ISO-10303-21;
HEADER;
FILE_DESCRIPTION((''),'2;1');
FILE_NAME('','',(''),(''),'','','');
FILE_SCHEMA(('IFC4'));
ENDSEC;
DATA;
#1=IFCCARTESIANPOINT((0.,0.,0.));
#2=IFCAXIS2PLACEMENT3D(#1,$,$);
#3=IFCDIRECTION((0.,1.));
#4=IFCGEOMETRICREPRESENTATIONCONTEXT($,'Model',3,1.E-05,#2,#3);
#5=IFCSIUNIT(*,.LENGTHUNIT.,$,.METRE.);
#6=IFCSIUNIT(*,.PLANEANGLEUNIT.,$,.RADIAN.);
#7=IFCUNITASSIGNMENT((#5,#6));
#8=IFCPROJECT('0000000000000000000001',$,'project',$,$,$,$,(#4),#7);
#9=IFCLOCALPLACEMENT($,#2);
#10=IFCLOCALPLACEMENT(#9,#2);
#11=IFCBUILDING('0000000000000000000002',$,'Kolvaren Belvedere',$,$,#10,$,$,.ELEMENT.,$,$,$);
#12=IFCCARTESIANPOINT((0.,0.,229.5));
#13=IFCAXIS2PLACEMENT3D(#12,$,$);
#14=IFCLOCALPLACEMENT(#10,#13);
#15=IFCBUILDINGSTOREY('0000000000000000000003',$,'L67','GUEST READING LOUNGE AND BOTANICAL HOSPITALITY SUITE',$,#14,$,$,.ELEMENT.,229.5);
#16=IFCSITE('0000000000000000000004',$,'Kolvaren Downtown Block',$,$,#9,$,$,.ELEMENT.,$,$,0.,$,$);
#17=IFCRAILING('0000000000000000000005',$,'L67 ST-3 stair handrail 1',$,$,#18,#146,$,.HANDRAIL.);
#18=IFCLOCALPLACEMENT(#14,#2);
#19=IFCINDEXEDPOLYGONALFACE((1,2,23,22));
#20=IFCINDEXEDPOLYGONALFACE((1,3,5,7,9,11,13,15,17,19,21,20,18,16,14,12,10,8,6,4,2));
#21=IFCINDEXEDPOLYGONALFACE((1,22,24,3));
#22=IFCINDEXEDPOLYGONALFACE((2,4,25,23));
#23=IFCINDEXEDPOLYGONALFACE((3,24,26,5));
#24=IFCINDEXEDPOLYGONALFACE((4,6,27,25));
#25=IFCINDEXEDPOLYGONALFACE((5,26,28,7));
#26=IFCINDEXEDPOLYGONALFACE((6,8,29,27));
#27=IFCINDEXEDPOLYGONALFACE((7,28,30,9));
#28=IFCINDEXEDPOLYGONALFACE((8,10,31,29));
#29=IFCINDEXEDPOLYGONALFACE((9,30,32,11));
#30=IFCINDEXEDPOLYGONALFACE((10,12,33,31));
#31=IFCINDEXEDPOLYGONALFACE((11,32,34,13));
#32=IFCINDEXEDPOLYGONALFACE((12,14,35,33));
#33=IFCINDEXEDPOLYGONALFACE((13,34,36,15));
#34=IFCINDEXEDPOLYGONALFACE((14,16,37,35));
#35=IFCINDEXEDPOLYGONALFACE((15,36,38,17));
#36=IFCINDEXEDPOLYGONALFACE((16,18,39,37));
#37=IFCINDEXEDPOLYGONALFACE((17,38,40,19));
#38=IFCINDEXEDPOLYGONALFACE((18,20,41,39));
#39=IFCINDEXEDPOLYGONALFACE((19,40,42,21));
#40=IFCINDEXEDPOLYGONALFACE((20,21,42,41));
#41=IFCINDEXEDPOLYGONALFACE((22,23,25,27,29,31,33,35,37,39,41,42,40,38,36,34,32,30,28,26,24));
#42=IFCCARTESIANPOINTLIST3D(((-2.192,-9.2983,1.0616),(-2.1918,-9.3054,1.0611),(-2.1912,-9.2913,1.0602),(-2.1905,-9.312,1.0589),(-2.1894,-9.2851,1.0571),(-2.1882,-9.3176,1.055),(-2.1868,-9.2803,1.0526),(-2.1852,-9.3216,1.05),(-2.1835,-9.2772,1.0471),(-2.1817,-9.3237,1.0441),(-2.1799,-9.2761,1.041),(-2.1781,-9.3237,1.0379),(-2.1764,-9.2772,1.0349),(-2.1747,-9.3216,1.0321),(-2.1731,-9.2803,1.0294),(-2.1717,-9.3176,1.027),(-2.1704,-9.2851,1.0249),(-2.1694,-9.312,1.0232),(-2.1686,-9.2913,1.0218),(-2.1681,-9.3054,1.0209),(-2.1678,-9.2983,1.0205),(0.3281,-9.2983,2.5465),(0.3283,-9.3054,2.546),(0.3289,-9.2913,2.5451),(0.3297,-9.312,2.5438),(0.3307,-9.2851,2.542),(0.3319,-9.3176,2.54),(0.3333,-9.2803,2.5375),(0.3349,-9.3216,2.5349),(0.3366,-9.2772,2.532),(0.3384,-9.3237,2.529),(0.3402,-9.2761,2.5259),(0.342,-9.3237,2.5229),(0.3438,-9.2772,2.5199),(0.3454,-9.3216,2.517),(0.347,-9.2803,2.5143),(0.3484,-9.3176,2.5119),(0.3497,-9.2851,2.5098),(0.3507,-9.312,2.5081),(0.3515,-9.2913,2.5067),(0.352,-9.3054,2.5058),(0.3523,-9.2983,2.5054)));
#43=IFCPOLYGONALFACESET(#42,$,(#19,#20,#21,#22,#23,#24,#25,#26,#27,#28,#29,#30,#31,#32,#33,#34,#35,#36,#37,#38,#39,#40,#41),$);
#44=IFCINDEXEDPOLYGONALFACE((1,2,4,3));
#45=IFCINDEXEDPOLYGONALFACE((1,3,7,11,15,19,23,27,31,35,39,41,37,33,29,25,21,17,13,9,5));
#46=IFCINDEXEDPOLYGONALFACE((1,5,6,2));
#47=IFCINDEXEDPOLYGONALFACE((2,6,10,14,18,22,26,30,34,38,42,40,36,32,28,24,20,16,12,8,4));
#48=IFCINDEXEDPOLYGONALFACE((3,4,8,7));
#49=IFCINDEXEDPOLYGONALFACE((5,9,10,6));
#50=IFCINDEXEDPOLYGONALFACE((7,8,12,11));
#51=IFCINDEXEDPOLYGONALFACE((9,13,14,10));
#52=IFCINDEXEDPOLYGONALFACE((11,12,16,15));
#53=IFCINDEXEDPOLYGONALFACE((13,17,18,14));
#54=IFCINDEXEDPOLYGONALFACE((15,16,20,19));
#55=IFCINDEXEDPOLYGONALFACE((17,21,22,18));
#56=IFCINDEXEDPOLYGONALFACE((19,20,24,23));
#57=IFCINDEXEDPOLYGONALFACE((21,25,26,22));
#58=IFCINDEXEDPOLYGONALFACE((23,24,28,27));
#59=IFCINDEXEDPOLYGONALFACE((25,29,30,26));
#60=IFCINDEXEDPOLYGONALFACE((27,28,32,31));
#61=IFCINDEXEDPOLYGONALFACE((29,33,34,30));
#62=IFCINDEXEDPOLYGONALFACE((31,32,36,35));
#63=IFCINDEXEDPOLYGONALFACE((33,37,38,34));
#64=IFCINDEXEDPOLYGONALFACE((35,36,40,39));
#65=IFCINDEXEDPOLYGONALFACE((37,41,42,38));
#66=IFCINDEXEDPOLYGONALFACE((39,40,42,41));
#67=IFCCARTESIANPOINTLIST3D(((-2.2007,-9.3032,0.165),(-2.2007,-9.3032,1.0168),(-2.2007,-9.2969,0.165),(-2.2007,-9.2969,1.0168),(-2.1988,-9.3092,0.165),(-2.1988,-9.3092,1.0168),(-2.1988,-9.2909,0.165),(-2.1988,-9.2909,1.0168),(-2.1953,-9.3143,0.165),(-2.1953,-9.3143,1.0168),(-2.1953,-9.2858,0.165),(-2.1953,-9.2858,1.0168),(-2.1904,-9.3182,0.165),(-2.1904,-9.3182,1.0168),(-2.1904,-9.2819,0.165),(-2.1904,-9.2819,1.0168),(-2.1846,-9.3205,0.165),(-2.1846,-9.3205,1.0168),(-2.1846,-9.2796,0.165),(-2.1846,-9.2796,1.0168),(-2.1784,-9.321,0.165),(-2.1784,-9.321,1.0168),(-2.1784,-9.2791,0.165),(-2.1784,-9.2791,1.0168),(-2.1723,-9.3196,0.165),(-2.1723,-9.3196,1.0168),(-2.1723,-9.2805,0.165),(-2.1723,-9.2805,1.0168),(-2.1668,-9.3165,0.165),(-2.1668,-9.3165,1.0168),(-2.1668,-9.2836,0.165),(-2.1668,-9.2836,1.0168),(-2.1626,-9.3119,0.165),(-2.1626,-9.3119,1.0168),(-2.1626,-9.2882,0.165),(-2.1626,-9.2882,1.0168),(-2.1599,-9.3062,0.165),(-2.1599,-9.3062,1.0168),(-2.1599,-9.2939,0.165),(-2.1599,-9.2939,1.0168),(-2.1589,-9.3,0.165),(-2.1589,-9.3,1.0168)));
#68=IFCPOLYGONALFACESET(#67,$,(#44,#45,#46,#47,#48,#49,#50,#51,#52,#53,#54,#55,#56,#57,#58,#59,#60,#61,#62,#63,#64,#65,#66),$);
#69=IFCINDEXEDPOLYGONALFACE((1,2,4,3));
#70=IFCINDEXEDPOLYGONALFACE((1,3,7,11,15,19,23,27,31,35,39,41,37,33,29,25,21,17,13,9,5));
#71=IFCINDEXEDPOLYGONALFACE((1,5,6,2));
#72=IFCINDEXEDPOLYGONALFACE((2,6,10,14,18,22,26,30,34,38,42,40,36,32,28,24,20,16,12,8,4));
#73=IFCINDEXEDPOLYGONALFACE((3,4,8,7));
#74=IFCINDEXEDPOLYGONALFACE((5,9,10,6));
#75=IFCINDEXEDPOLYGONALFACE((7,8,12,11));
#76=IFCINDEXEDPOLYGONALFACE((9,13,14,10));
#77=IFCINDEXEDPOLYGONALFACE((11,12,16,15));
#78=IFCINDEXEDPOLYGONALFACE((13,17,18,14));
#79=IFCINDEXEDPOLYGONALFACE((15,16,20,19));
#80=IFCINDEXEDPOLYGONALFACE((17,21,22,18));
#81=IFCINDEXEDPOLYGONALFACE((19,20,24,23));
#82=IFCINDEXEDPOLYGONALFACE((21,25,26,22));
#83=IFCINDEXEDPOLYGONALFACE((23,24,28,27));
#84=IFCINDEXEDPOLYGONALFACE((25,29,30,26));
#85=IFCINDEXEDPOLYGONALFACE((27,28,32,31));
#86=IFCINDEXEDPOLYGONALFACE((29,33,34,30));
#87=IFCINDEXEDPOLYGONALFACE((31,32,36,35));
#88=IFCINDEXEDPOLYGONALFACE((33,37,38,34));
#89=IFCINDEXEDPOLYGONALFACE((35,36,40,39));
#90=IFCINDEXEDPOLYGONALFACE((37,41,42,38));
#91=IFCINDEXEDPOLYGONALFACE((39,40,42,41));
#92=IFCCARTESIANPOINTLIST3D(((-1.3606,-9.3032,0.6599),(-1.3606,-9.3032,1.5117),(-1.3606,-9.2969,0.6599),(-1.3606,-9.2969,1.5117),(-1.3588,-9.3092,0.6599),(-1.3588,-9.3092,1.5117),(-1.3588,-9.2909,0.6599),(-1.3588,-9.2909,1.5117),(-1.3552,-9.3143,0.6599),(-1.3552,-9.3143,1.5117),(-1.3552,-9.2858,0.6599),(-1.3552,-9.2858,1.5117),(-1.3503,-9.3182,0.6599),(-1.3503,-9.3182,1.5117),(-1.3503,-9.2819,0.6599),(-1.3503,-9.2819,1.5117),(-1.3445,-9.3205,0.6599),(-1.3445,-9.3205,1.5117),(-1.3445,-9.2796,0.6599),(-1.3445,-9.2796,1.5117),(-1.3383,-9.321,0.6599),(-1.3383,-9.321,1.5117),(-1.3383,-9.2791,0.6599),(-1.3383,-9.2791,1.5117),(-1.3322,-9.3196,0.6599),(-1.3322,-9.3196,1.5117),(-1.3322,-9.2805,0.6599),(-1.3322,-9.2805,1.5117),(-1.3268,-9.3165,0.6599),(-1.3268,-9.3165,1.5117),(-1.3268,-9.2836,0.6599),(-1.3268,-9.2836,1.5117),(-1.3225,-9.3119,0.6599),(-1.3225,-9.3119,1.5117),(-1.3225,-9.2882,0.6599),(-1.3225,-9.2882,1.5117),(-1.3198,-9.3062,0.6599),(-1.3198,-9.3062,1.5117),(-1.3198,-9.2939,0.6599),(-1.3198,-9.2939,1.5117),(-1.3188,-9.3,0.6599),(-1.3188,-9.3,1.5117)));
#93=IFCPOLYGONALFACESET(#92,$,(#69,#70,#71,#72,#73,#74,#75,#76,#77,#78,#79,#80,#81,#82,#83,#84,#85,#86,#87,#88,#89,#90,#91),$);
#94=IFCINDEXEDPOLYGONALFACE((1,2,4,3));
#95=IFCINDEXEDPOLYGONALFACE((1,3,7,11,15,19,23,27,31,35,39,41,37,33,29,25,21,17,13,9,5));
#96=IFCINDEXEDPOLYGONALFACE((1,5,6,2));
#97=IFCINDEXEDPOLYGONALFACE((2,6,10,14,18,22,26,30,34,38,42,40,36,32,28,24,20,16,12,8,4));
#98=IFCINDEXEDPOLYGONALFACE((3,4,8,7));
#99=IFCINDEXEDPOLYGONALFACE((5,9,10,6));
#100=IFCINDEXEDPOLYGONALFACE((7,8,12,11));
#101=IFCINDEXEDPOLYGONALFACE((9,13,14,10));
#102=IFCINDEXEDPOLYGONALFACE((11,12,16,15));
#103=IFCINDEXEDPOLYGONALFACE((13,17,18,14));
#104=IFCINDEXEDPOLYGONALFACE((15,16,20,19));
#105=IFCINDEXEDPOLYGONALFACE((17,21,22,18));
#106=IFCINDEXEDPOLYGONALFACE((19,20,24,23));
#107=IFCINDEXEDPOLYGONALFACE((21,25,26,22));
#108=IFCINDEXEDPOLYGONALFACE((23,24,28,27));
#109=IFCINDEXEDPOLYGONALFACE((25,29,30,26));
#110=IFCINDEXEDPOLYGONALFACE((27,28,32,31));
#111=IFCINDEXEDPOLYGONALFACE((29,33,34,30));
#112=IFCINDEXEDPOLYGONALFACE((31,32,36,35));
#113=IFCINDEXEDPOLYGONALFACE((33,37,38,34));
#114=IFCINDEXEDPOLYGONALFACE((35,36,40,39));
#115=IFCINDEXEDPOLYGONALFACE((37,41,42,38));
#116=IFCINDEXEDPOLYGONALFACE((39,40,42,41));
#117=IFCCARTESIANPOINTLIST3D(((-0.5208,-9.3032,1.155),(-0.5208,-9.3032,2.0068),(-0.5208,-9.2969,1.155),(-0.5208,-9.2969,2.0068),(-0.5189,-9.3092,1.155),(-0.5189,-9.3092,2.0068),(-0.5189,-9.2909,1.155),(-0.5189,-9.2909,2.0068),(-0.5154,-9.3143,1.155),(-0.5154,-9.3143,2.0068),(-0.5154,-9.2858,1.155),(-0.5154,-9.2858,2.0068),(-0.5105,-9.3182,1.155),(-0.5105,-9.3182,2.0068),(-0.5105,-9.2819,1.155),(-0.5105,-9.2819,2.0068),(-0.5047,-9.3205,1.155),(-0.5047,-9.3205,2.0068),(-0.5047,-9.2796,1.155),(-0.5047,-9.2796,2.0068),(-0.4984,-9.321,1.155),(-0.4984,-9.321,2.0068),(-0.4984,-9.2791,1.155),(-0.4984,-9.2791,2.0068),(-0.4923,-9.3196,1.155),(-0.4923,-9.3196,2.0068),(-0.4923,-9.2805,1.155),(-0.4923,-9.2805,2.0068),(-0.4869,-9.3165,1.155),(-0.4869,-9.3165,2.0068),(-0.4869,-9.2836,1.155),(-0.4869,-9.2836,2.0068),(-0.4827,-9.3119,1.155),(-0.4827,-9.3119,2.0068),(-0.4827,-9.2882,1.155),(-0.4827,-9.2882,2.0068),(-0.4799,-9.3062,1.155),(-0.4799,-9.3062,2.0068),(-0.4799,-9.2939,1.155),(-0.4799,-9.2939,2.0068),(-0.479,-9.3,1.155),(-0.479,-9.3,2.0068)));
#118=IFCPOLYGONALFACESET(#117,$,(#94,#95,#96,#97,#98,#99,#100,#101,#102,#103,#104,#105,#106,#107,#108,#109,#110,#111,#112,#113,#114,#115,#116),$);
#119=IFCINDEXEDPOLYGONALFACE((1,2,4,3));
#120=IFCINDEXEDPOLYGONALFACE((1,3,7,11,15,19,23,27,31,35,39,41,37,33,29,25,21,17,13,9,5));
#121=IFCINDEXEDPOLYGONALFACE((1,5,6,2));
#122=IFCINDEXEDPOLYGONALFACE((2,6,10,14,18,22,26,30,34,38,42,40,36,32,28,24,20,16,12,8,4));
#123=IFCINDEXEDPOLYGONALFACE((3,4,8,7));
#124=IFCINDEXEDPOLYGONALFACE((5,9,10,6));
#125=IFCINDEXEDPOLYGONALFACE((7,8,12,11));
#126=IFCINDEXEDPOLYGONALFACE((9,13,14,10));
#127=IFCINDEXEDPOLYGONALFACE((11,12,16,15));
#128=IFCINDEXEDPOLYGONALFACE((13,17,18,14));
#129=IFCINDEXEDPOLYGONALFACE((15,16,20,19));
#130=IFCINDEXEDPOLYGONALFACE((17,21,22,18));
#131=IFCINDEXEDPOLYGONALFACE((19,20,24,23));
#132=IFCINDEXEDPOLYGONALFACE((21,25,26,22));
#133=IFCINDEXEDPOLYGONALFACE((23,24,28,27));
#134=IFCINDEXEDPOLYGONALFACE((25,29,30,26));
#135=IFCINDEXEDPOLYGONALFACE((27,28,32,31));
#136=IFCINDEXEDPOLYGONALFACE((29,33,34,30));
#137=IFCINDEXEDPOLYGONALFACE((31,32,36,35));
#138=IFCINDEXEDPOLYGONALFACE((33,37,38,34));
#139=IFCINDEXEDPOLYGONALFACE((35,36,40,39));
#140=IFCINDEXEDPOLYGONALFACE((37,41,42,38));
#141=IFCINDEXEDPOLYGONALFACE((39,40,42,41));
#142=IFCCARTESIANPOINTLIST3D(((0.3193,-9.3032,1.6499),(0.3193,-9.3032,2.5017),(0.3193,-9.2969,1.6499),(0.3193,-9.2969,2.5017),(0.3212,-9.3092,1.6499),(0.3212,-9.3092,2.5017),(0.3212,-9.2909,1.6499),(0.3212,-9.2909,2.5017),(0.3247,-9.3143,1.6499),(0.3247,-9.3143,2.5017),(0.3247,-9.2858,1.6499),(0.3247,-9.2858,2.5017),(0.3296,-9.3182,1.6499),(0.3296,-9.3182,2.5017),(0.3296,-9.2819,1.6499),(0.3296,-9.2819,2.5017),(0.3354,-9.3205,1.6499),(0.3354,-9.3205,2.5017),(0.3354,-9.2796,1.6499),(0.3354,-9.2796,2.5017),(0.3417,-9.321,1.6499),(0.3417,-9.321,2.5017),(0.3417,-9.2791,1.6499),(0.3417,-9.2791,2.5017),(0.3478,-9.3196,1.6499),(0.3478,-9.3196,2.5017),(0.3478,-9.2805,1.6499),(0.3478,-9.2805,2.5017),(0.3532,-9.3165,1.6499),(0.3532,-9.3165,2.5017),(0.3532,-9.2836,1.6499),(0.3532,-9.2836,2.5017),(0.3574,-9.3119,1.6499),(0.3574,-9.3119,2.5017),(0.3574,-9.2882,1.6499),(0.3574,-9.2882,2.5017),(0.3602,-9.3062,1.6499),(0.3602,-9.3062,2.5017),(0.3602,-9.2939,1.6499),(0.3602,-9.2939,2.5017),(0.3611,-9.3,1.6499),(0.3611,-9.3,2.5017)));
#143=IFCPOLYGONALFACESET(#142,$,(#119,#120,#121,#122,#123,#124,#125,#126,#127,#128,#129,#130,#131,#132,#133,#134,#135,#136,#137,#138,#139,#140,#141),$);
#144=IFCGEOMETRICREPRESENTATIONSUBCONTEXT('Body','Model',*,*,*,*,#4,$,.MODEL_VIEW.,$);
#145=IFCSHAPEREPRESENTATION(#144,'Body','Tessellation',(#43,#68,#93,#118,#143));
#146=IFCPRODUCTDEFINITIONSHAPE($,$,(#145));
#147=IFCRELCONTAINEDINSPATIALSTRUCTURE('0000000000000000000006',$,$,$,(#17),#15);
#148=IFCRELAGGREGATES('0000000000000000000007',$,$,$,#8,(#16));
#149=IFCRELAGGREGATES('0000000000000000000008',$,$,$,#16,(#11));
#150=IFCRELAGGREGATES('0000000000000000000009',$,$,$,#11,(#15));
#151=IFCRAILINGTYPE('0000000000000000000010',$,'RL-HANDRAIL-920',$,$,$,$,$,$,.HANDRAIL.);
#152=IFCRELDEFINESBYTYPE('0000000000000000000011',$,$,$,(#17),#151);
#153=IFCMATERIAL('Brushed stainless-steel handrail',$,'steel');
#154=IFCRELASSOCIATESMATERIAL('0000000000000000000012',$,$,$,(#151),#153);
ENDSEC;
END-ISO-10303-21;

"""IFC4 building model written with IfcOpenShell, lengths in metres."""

from ifc_helpers import new_model, si_unit, direction, frame, origin, origin_2d, place, context, subcontext, project, spatial, circle, extrude, material, type_object, element, save


model = new_model("IFC4")

# Units and contexts
model_context = context("Model", 3, precision=1e-05, world=origin(), true_north=direction((0.0, 1.0)))
body_context = subcontext(model_context, "Body", "Model", "MODEL_VIEW")
ifc_project = project(units=[si_unit("LENGTHUNIT", "METRE"), si_unit("PLANEANGLEUNIT", "RADIAN")], contexts=[model_context])

# Site, building, storey
site_placement = place(None, origin())
site = spatial("IfcSite", under=ifc_project, at=site_placement, Name="Kolvaren Downtown Block", CompositionType="ELEMENT", RefElevation=0.0)
building_placement = place(site_placement, origin())
building = spatial("IfcBuilding", under=site, at=building_placement, Name="Kolvaren Belvedere", CompositionType="ELEMENT")
storey_placement = place(building_placement, frame((0.0, 0.0, 229.5)))
storey = spatial("IfcBuildingStorey", under=building, at=storey_placement, Name="L67", Description="GUEST READING LOUNGE AND BOTANICAL HOSPITALITY SUITE", CompositionType="ELEMENT", Elevation=229.5)

# Railing
ifc_material_1 = material(Name="Brushed stainless-steel handrail", Category="steel")
railing_type_1 = type_object("IfcRailingType", Name="RL-HANDRAIL-920", PredefinedType="HANDRAIL", material=ifc_material_1)
railing_1_placement = place(storey_placement, frame((-2.1799, -9.3, 0.165)))
element("IfcRailing", 1, at=railing_1_placement, inside=storey, type_object=railing_type_1, Name="L67 ST-3 stair handrail 1", PredefinedType="HANDRAIL", context=body_context, shape_type="SweptSolid", body=[
    extrude(circle(Radius=0.0239, at=origin_2d()), frame((0.0, 0.0, 0.876), z_axis=(0.861561, 0.0, 0.507655), x_axis=(0.0, 1.0, 0.0)), (0.0, 0.0, 1.0), 2.925),
    extrude(circle(Radius=0.021, at=origin_2d()), origin(), (0.0, 0.0, 1.0), 0.8518),
    extrude(circle(Radius=0.021, at=origin_2d()), frame((0.8401, 0.0, 0.4949)), (0.0, 0.0, 1.0), 0.8518),
    extrude(circle(Radius=0.021, at=origin_2d()), frame((1.6799, 0.0, 0.99)), (0.0, 0.0, 1.0), 0.8518),
    extrude(circle(Radius=0.021, at=origin_2d()), frame((2.52, 0.0, 1.4849)), (0.0, 0.0, 1.0), 0.8518),
])

save(model, "model.ifc")
